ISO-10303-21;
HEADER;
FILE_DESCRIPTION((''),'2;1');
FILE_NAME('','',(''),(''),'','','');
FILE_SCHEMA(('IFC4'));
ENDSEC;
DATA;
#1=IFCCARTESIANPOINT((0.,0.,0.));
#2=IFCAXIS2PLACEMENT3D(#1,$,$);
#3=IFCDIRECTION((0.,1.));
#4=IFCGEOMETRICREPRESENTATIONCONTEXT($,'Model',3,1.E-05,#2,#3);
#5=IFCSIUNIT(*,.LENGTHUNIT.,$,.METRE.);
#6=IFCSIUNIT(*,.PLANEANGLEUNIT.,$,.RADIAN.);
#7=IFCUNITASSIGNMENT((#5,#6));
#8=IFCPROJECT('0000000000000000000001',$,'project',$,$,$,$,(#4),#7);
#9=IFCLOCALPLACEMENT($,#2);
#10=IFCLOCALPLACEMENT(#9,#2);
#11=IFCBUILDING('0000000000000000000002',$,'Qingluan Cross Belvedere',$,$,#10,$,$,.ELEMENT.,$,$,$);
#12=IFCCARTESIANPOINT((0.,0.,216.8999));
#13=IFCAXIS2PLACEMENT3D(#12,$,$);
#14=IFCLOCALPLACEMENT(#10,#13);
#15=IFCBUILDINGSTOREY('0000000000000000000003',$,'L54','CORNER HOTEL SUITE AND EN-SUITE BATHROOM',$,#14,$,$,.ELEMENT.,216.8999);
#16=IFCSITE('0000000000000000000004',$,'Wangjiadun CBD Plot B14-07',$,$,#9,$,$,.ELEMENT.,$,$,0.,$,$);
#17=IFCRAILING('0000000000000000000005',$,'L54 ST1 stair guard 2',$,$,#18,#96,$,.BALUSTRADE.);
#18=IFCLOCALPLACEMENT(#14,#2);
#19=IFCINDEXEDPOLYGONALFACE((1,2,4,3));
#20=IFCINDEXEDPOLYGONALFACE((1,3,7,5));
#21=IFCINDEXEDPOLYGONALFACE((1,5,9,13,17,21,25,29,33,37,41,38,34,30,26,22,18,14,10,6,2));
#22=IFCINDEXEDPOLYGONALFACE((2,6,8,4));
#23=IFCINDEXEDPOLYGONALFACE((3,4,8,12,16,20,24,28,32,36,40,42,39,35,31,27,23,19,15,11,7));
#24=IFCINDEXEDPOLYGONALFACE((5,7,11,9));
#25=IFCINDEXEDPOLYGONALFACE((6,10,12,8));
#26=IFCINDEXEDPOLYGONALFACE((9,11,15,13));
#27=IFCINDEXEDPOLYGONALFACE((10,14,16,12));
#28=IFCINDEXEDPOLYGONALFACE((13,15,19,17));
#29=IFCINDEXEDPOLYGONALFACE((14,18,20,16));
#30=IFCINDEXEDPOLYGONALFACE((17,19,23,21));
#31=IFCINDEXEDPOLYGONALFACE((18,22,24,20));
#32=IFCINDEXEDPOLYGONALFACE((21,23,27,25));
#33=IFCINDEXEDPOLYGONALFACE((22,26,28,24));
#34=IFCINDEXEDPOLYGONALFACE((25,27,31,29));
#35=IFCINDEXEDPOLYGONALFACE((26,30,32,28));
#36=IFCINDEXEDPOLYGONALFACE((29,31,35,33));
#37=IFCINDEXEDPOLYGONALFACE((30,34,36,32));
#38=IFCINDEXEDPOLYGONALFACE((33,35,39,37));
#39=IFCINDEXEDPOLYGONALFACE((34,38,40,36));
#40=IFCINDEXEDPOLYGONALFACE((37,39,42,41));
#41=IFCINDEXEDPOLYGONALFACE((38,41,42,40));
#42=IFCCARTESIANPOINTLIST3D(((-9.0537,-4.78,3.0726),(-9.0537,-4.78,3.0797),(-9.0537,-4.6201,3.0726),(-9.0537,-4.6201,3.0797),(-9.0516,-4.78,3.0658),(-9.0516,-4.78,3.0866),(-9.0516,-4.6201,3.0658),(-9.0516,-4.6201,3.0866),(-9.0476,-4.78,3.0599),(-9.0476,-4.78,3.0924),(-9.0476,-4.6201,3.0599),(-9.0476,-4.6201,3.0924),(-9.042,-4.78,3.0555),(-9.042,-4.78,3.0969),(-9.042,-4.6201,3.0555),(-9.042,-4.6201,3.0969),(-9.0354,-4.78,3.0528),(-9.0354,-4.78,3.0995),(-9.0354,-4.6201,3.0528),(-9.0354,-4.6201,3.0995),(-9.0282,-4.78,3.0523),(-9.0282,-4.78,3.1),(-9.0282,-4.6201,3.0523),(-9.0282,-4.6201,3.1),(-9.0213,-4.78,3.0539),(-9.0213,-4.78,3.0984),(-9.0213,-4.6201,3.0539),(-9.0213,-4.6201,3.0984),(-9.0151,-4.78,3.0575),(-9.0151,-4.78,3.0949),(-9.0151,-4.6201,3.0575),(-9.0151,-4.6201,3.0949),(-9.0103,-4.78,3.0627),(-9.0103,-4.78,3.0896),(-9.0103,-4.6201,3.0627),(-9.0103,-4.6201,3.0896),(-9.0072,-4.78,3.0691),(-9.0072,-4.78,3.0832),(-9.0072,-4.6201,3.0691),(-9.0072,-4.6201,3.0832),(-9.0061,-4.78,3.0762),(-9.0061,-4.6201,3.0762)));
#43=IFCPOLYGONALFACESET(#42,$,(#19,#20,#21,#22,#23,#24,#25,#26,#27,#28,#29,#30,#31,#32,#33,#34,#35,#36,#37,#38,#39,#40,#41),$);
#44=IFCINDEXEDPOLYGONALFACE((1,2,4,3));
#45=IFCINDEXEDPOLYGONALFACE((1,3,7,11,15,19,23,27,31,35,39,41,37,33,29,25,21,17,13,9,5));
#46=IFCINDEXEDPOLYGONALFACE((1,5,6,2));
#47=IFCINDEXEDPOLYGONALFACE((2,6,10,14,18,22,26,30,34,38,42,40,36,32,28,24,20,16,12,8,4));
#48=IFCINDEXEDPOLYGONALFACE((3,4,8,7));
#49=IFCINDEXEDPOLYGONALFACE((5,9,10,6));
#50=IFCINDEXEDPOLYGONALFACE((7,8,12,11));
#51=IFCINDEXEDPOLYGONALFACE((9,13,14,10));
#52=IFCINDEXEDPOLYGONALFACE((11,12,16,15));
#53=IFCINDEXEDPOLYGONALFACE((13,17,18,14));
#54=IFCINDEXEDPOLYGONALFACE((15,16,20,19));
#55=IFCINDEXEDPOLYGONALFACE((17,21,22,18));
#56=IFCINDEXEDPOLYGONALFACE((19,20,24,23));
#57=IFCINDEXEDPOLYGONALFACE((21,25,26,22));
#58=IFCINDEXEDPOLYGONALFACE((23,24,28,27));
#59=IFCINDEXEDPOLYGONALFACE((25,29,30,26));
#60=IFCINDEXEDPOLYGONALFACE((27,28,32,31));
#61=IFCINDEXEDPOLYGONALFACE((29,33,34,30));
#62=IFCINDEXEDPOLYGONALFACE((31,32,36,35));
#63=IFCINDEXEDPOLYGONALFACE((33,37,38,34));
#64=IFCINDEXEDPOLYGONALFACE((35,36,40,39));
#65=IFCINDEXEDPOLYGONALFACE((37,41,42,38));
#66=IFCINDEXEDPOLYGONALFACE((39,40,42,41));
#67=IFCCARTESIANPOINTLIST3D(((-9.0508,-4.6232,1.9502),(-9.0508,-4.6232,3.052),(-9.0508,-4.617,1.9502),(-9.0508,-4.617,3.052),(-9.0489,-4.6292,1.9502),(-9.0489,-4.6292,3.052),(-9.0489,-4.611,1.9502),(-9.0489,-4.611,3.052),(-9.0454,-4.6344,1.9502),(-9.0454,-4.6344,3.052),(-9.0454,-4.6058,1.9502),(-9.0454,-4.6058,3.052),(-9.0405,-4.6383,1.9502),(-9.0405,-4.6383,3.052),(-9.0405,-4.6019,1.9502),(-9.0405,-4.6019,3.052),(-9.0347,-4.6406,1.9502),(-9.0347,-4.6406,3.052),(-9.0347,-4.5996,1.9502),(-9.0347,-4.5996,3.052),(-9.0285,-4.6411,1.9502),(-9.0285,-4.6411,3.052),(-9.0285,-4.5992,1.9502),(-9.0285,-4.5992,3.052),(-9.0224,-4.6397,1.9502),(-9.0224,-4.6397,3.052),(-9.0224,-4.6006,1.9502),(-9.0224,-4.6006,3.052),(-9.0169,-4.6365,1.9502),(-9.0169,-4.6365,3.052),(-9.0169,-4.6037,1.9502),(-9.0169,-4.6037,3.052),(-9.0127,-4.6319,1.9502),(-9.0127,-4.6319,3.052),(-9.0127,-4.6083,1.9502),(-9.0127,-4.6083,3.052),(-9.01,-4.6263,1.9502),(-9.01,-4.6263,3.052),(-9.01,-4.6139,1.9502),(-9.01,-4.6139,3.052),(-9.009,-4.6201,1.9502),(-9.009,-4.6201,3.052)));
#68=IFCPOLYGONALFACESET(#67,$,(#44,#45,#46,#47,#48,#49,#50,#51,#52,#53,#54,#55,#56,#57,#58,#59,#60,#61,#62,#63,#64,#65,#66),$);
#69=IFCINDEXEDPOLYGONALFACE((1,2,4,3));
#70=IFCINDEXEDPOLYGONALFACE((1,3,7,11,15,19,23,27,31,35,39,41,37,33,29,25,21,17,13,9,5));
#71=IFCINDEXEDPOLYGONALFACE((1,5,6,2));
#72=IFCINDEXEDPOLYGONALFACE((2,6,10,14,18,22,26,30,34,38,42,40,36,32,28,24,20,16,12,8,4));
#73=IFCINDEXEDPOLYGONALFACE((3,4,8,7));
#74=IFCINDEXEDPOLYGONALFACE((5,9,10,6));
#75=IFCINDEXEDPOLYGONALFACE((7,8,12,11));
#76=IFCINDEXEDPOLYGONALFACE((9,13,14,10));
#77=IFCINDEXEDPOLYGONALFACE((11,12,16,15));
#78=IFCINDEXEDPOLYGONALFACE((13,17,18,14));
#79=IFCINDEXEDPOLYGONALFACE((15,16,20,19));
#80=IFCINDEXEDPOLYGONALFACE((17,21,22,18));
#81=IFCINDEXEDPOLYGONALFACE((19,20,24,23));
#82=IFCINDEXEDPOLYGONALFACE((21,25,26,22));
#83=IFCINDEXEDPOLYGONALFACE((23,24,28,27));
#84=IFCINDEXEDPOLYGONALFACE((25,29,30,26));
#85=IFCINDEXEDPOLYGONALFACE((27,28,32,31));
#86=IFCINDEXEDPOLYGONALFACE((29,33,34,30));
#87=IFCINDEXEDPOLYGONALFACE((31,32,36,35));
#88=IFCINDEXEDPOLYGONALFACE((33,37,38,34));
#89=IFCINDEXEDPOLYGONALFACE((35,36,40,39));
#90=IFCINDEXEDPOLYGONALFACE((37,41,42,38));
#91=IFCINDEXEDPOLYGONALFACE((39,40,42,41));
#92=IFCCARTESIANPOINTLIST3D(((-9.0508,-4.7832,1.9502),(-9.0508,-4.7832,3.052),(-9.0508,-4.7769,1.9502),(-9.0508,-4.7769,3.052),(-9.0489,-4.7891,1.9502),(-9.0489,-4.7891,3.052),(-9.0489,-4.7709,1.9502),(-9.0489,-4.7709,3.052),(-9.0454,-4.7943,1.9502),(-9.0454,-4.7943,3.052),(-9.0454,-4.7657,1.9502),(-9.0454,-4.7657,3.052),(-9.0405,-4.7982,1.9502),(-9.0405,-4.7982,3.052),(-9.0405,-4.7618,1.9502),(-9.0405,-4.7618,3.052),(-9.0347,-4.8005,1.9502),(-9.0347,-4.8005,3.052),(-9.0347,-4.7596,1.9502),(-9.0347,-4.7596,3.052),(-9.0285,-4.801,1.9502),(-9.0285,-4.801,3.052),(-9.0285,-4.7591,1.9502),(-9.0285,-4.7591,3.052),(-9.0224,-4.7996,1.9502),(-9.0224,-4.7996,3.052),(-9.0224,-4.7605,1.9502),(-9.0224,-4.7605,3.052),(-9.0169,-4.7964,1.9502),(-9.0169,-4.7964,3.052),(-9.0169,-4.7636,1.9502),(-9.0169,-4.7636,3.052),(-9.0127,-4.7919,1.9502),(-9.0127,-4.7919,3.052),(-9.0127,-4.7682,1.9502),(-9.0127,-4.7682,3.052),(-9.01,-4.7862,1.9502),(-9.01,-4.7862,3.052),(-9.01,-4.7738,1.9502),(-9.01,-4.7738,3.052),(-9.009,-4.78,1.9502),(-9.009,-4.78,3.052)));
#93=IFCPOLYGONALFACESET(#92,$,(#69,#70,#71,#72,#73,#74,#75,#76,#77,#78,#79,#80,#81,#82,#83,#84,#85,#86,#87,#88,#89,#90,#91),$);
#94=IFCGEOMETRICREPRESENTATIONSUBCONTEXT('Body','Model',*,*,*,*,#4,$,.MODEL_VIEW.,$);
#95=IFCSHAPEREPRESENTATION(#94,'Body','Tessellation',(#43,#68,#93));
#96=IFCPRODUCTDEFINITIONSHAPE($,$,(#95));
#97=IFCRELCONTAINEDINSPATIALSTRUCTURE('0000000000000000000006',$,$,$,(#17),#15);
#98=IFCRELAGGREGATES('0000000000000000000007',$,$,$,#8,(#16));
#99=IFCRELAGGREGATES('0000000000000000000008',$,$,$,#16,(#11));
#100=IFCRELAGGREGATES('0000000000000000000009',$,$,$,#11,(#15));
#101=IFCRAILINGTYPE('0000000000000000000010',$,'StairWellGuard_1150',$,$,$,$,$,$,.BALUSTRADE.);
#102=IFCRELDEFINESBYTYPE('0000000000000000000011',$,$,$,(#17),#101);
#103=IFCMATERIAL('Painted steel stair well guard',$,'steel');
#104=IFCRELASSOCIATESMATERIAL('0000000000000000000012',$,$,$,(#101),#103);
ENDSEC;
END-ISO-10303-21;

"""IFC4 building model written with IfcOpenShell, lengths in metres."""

from ifc_helpers import new_model, si_unit, direction, frame, origin, origin_2d, place, context, subcontext, project, spatial, circle, extrude, material, type_object, element, save


model = new_model("IFC4")

# Units and contexts
model_context = context("Model", 3, precision=1e-05, world=origin(), true_north=direction((0.0, 1.0)))
body_context = subcontext(model_context, "Body", "Model", "MODEL_VIEW")
ifc_project = project(units=[si_unit("LENGTHUNIT", "METRE"), si_unit("PLANEANGLEUNIT", "RADIAN")], contexts=[model_context])

# Site, building, storey
site_placement = place(None, origin())
site = spatial("IfcSite", under=ifc_project, at=site_placement, Name="Wangjiadun CBD Plot B14-07", CompositionType="ELEMENT", RefElevation=0.0)
building_placement = place(site_placement, origin())
building = spatial("IfcBuilding", under=site, at=building_placement, Name="Qingluan Cross Belvedere", CompositionType="ELEMENT")
storey_placement = place(building_placement, frame((0.0, 0.0, 216.8999)))
storey = spatial("IfcBuildingStorey", under=building, at=storey_placement, Name="L54", Description="CORNER HOTEL SUITE AND EN-SUITE BATHROOM", CompositionType="ELEMENT", Elevation=216.8999)

# Railing
ifc_material_1 = material(Name="Painted steel stair well guard", Category="steel")
railing_type_1 = type_object("IfcRailingType", Name="StairWellGuard_1150", PredefinedType="BALUSTRADE", material=ifc_material_1)
railing_1_placement = place(storey_placement, frame((-9.03, -4.6201, 1.9502)))
element("IfcRailing", 1, at=railing_1_placement, inside=storey, type_object=railing_type_1, Name="L54 ST1 stair guard 2", PredefinedType="BALUSTRADE", context=body_context, shape_type="SweptSolid", body=[
    extrude(circle(Radius=0.0239, at=origin_2d()), frame((0.0, 0.0, 1.126), z_axis=(0.0, -1.0, 0.0), x_axis=(1.0, 0.0, 0.0)), (0.0, 0.0, 1.0), 0.1599),
    extrude(circle(Radius=0.021, at=origin_2d()), origin(), (0.0, 0.0, 1.0), 1.1018),
    extrude(circle(Radius=0.021, at=origin_2d()), frame((0.0, -0.1599, 0.0)), (0.0, 0.0, 1.0), 1.1018),
])

save(model, "model.ifc")
